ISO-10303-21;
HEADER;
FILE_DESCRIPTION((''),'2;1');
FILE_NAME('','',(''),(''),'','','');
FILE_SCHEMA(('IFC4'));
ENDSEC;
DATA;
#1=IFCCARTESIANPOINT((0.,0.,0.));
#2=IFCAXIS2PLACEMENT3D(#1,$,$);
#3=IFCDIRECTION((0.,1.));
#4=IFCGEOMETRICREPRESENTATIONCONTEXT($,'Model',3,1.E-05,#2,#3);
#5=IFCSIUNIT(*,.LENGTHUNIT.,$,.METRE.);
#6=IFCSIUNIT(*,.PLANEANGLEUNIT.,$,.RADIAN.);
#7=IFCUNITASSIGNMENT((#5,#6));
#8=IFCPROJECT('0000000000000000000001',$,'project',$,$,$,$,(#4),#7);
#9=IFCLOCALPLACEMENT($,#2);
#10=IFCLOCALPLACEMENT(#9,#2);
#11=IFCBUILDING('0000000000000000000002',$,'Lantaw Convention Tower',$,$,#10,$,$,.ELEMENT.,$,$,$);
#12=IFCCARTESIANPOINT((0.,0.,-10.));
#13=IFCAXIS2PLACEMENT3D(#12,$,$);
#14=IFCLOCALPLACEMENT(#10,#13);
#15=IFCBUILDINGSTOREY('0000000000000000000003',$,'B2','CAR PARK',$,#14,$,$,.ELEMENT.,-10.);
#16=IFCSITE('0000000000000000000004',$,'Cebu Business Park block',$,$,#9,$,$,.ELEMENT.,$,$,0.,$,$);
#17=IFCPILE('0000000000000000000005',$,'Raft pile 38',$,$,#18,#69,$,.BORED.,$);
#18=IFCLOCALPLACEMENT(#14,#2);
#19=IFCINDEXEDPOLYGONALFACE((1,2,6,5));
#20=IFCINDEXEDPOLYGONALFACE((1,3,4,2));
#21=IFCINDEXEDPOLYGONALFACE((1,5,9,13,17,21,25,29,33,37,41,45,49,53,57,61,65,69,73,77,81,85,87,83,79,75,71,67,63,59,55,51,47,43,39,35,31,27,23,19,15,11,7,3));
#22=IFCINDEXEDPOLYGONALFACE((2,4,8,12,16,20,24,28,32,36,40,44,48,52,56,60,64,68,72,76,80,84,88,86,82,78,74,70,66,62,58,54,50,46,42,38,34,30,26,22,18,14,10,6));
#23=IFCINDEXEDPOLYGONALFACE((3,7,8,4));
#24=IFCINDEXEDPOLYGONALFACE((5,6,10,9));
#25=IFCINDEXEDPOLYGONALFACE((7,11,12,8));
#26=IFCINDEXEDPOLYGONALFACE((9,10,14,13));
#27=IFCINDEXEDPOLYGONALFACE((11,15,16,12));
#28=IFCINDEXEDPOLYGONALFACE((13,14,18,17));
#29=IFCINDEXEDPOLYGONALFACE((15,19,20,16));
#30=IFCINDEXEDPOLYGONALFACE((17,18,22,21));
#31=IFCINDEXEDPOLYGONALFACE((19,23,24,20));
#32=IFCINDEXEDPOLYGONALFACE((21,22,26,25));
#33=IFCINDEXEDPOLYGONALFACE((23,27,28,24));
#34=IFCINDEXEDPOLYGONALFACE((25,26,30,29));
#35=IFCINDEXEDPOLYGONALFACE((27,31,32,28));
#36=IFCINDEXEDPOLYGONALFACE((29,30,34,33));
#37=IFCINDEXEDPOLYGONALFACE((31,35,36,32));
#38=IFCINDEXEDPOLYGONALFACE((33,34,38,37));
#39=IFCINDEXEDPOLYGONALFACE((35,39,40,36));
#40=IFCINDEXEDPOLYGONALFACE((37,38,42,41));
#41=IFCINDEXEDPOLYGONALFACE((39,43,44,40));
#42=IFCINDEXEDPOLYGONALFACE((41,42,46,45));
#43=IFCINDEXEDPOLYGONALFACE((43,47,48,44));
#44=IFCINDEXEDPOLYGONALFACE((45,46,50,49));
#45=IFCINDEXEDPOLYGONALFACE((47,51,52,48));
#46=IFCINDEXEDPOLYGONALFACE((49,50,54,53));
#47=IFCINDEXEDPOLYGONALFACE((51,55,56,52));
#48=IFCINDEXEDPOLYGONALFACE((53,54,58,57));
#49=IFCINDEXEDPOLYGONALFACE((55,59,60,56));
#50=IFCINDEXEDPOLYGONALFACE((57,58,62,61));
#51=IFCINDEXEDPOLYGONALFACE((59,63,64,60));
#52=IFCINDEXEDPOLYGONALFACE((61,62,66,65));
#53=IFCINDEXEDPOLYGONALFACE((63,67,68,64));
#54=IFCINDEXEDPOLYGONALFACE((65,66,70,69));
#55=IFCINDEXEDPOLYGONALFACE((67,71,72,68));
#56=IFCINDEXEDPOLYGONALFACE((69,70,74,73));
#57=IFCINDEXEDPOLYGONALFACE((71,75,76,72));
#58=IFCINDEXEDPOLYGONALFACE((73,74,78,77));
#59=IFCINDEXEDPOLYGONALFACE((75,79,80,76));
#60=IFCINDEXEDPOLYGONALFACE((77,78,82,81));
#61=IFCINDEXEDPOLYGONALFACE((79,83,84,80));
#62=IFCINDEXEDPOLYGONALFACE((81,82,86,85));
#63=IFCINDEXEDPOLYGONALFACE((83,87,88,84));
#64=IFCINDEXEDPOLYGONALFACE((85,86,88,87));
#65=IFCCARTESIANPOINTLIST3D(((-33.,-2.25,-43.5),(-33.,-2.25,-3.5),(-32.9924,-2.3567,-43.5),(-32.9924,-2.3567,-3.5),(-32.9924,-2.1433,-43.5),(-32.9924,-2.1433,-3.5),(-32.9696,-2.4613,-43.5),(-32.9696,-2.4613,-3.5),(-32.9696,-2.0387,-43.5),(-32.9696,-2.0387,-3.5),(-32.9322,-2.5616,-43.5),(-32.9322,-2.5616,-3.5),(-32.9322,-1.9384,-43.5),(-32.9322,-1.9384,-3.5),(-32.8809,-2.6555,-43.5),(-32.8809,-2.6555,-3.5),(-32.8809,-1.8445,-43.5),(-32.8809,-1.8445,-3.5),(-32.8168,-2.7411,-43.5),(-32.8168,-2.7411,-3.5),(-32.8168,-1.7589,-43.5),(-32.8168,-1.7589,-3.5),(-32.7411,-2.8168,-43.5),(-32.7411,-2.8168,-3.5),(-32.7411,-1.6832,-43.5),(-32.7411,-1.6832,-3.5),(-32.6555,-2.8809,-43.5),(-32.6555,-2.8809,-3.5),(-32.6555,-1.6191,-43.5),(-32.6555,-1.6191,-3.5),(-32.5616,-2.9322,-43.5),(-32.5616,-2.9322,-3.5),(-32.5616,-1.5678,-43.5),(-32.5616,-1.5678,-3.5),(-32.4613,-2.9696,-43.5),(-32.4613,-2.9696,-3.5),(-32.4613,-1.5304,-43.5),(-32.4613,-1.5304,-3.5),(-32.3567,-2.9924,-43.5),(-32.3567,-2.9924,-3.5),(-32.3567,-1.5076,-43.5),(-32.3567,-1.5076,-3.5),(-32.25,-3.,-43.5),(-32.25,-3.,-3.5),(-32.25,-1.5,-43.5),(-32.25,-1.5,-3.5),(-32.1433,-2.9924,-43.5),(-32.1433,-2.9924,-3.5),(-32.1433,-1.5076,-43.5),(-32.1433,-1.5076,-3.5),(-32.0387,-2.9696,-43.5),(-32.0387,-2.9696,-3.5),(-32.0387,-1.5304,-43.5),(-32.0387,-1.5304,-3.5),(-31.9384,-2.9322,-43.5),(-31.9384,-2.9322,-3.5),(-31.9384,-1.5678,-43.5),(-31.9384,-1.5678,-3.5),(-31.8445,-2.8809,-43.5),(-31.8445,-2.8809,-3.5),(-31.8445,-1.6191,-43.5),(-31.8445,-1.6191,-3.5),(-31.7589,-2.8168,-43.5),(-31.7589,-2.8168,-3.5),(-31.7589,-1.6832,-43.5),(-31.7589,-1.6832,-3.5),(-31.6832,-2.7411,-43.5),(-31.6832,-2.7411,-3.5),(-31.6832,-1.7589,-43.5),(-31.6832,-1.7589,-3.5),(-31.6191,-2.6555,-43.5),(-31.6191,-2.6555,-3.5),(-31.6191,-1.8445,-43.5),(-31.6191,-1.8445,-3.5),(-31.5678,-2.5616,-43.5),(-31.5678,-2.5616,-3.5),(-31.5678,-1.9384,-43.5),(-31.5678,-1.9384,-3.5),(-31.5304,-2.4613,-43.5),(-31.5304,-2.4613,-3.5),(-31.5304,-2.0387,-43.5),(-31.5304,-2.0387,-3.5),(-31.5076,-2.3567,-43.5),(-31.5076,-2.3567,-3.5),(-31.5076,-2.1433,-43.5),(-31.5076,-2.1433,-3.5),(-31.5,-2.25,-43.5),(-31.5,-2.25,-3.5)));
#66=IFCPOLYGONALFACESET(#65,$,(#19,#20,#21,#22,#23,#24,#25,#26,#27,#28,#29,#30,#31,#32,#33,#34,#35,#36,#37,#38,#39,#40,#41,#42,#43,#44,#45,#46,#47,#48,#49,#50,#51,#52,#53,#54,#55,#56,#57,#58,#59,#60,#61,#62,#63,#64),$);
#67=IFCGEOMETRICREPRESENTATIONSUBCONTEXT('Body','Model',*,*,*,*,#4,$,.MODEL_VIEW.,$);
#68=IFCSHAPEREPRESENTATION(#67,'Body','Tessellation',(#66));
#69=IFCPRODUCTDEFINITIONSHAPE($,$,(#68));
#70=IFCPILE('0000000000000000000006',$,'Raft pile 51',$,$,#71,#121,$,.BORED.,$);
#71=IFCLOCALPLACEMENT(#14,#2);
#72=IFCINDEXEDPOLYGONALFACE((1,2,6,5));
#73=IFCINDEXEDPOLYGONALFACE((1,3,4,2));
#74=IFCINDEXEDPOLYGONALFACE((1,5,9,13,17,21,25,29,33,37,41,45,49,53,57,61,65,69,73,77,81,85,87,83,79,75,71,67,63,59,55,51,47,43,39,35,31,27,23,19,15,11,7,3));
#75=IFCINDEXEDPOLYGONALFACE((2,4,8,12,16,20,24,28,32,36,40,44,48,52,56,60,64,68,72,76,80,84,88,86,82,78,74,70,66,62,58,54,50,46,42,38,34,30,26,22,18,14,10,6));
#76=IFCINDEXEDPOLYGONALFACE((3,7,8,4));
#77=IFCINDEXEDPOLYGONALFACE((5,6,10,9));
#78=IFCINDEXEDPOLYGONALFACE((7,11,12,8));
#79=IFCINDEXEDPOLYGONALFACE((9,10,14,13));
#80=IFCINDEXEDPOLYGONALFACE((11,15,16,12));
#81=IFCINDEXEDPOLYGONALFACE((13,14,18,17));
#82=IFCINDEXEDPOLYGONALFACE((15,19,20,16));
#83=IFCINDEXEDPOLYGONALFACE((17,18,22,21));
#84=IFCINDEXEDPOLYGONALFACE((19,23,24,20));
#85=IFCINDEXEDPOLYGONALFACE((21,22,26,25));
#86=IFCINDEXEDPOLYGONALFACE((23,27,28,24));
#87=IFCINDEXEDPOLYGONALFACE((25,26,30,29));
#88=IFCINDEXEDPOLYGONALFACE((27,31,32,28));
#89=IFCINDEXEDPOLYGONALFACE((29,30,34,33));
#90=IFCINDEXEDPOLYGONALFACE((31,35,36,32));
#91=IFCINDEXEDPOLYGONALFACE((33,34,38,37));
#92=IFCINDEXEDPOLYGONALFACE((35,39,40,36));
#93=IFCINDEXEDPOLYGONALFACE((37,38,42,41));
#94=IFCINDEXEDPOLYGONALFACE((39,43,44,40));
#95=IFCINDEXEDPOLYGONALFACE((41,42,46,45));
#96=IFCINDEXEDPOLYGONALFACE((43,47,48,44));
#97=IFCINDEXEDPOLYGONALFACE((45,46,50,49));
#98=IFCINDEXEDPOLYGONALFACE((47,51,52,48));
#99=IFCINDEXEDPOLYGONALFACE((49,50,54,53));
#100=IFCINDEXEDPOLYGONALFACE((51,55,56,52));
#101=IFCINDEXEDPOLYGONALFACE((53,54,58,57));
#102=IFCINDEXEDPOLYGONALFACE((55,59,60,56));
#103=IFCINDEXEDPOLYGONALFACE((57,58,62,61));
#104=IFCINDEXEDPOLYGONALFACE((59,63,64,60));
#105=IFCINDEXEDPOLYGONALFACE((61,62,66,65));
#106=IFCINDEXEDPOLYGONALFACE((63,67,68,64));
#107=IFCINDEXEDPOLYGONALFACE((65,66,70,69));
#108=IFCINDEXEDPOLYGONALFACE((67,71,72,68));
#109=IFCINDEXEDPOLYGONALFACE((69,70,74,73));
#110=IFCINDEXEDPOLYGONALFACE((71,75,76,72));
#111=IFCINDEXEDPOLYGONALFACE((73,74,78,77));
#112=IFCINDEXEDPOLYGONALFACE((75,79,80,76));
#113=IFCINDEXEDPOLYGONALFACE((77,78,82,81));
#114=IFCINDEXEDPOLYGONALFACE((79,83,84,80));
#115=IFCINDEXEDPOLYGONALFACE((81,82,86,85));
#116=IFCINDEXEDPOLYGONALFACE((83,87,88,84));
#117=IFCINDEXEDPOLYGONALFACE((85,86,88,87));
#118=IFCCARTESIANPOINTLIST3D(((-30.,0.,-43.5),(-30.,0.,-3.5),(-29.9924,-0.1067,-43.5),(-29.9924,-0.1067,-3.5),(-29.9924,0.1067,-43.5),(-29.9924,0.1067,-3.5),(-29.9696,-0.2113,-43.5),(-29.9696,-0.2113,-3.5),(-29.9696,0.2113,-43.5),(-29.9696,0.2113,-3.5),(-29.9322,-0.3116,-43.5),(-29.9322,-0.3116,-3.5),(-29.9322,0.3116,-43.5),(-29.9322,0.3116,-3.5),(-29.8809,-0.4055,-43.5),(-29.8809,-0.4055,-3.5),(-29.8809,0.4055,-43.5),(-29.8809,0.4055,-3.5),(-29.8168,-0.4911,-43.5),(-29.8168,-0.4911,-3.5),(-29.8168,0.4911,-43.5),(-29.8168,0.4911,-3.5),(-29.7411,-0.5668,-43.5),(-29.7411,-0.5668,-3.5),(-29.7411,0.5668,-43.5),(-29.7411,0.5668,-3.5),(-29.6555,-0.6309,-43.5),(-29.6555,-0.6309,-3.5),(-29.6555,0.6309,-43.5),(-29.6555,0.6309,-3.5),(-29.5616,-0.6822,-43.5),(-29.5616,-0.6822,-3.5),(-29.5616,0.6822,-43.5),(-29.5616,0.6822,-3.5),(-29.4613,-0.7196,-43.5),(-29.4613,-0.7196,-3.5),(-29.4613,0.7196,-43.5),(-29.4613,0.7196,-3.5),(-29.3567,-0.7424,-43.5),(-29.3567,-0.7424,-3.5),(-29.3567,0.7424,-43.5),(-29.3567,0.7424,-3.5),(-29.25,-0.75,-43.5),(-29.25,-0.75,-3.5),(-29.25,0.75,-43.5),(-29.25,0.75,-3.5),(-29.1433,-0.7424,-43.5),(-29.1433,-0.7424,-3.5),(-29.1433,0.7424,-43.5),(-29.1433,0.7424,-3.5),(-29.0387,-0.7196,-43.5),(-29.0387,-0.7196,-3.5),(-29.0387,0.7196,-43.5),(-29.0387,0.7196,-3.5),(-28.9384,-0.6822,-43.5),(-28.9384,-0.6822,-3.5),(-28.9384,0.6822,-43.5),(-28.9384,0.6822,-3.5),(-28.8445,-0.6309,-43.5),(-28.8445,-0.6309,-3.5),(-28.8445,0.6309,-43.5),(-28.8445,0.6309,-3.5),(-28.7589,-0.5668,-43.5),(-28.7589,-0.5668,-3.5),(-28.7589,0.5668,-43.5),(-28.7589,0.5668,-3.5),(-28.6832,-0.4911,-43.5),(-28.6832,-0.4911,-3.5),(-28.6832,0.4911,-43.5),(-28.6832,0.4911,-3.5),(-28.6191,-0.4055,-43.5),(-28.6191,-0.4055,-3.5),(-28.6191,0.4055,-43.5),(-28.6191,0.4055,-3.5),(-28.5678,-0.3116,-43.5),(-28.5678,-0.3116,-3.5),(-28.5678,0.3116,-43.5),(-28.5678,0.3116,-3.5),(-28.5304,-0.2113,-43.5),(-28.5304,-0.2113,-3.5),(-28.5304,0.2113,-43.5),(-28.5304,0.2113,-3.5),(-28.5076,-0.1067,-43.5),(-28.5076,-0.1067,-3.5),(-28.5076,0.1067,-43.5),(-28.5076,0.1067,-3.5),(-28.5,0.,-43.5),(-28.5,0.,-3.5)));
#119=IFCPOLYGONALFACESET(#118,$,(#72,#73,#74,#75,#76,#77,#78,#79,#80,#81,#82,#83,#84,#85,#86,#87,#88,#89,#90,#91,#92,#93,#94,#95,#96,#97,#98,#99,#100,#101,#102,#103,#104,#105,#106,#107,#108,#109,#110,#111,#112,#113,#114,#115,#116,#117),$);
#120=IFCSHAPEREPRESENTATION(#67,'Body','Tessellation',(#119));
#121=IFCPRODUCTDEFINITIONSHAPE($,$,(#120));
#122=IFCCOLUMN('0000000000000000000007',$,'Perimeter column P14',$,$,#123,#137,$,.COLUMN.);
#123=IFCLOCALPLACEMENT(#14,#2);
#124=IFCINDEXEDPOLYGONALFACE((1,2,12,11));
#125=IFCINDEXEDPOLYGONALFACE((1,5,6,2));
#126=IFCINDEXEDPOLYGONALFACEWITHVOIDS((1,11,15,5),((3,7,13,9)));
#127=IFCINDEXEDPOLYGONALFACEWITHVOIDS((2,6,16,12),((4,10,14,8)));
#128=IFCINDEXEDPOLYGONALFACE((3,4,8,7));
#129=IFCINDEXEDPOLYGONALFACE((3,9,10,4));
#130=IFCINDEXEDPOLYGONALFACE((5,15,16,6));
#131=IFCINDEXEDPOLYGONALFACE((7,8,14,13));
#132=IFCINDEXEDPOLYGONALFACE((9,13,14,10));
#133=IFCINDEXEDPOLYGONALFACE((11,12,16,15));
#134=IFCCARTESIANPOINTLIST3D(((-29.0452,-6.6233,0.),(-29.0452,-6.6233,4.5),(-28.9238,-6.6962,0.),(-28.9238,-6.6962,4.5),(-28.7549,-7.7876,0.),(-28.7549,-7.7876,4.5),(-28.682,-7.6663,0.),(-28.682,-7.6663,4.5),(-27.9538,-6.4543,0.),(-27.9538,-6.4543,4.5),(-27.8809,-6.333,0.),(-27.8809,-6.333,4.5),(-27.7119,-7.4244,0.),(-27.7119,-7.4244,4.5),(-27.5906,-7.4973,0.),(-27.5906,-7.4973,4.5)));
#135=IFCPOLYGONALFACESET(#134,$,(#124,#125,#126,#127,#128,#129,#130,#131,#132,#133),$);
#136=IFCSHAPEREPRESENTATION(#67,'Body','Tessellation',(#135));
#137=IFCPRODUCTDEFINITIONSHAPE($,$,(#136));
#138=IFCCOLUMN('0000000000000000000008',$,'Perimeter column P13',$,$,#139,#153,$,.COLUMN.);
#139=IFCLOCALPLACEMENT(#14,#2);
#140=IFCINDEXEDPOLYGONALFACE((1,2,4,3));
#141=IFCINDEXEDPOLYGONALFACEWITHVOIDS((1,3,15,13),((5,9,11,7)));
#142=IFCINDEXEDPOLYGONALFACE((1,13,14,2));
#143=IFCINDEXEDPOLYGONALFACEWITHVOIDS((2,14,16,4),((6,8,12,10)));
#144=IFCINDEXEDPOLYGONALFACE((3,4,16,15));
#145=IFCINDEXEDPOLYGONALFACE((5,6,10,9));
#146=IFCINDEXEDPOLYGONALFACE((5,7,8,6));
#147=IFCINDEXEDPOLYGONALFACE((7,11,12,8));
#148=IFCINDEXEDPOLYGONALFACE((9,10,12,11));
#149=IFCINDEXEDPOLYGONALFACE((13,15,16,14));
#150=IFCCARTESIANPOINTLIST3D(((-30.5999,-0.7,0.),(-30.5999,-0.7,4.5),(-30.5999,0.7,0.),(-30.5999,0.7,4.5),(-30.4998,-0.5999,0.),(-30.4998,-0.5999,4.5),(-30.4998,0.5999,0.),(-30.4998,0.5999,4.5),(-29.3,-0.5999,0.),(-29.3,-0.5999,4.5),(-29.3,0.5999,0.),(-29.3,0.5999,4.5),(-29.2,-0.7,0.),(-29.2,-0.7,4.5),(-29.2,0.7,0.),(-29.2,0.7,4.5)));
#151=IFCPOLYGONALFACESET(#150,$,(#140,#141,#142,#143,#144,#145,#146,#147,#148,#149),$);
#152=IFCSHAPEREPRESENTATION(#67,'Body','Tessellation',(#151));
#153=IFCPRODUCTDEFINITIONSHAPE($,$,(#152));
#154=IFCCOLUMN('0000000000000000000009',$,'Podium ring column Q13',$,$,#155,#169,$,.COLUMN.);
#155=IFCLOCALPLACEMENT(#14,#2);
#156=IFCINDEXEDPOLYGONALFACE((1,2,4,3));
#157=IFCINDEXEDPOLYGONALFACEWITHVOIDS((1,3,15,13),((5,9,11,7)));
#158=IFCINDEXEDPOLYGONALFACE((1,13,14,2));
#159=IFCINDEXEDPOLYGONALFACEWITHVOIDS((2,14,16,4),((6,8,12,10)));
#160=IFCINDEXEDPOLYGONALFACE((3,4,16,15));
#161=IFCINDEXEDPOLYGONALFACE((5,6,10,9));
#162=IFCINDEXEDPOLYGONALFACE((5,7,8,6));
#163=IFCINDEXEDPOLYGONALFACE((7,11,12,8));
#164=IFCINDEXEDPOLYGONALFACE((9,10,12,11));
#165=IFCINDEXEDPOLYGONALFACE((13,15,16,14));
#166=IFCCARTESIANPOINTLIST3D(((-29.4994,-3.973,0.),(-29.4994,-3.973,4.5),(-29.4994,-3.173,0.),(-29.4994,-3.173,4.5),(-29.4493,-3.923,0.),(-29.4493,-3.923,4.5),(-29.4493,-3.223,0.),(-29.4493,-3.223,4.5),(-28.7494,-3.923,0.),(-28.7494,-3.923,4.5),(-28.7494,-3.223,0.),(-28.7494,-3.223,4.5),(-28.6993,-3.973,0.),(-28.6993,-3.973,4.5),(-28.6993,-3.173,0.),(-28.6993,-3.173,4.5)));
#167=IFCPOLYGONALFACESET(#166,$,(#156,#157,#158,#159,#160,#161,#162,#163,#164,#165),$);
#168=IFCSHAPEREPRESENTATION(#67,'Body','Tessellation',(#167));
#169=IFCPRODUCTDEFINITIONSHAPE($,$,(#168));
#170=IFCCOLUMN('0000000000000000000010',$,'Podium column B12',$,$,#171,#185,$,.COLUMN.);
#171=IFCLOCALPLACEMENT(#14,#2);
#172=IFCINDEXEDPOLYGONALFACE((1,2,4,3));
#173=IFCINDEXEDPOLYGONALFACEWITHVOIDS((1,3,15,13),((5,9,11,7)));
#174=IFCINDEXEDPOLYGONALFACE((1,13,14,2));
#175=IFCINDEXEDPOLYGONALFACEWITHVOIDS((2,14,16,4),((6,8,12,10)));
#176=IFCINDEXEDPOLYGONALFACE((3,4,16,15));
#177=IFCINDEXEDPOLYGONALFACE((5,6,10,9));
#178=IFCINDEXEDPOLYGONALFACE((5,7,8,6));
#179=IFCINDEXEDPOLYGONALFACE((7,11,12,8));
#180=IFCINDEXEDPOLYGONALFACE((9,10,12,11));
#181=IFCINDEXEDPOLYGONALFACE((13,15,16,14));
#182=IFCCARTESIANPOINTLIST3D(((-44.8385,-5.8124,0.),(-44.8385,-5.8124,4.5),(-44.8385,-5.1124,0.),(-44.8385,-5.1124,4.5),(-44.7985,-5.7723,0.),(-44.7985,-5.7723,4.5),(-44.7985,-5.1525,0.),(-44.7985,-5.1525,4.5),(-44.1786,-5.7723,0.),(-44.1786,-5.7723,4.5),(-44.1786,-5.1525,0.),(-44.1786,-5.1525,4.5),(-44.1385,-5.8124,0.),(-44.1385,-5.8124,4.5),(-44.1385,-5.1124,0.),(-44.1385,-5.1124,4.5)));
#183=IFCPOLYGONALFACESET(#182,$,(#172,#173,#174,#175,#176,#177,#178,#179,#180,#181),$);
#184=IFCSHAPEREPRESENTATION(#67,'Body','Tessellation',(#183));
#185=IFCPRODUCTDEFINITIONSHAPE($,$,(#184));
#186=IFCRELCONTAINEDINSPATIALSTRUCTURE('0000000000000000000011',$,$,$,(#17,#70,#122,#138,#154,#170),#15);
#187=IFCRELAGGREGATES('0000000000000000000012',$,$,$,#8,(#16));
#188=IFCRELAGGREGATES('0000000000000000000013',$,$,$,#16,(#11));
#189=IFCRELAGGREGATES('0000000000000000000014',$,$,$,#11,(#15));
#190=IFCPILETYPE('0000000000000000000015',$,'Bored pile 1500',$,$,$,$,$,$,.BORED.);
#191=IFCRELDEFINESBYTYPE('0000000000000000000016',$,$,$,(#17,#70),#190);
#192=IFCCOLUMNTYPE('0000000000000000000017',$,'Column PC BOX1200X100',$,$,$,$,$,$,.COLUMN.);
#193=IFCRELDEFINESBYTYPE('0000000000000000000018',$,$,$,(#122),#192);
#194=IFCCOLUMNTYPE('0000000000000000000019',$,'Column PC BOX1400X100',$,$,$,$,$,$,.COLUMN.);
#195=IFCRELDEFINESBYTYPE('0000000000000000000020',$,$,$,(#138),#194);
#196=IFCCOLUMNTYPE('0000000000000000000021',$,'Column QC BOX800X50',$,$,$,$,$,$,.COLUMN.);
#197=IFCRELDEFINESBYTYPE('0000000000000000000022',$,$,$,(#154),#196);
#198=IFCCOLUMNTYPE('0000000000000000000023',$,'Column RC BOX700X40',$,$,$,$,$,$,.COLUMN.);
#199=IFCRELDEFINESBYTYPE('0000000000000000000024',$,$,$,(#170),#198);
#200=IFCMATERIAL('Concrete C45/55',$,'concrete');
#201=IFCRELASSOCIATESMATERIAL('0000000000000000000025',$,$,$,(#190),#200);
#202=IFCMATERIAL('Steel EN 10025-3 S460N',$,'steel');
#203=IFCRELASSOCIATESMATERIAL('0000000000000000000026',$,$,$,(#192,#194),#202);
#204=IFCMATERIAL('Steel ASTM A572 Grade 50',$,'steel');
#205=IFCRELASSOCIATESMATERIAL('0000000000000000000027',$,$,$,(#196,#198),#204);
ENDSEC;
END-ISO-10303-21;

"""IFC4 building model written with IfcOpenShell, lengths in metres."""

from ifc_helpers import new_model, si_unit, direction, frame, origin, origin_2d, place, context, subcontext, project, spatial, rectangle, hollow_rectangle, circle, extrude, material, material_profile, profile_set, type_object, element, save


model = new_model("IFC4")

# Units and contexts
model_context = context("Model", 3, precision=1e-05, world=origin(), true_north=direction((0.0, 1.0)))
body_context = subcontext(model_context, "Body", "Model", "MODEL_VIEW")
ifc_project = project(units=[si_unit("LENGTHUNIT", "METRE"), si_unit("PLANEANGLEUNIT", "RADIAN")], contexts=[model_context])

# Site, building, storey
site_placement = place(None, origin())
site = spatial("IfcSite", under=ifc_project, at=site_placement, Name="Cebu Business Park block", CompositionType="ELEMENT", RefElevation=0.0)
building_placement = place(site_placement, origin())
building = spatial("IfcBuilding", under=site, at=building_placement, Name="Lantaw Convention Tower", CompositionType="ELEMENT")
storey_placement = place(building_placement, frame((0.0, 0.0, -10.0)))
storey = spatial("IfcBuildingStorey", under=building, at=storey_placement, Name="B2", Description="CAR PARK", CompositionType="ELEMENT", Elevation=-10.0)

# Piles
ifc_material_1 = material(Name="Concrete C45/55", Category="concrete")
ifc_material_profile_1 = material_profile(ifc_material_1, circle(Radius=0.75, at=origin_2d()), Name="Bored pile 1500")
ifc_profile_set_1 = profile_set([ifc_material_profile_1], Name="Concrete C45/55")
pile_type_1 = type_object("IfcPileType", Name="Bored pile 1500", PredefinedType="BORED", material=ifc_profile_set_1)
for number, where, z_axis, x_axis, name in (
    (1, (-32.25, -2.25, -3.5), (0.0, 0.0, -1.0), (1.0, 0.0, 0.0), "Raft pile 38"),
    (2, (-29.25, 0.0, -3.5), (0.0, 0.0, -1.0), (1.0, 0.0, 0.0), "Raft pile 51"),
):
    element("IfcPile", number, at=place(storey_placement, frame(where, z_axis=z_axis, x_axis=x_axis)), inside=storey, type_object=pile_type_1, Name=name, PredefinedType="BORED", context=body_context, shape_type="SweptSolid", body=[
        extrude(circle(Radius=0.75, at=origin_2d()), origin(), (0.0, 0.0, 1.0), 40.0),
    ])

# Columns
ifc_material_2 = material(Name="Steel EN 10025-3 S460N", Category="steel")
ifc_material_profile_2 = material_profile(ifc_material_2, hollow_rectangle(XDim=1.2, YDim=1.2, WallThickness=0.1001, at=origin_2d()), Name="BOX1200X100")
ifc_material_3 = material(Name="Concrete C60/75", Category="concrete")
ifc_material_profile_3 = material_profile(ifc_material_3, rectangle(XDim=1.0, YDim=1.0, at=origin_2d()), Name="Concrete fill of BOX1200X100")
ifc_profile_set_2 = profile_set([ifc_material_profile_2, ifc_material_profile_3], Name="Steel EN 10025-3 S460N")
column_type_1 = type_object("IfcColumnType", Name="Column PC BOX1200X100", PredefinedType="COLUMN", material=ifc_profile_set_2)
column_1_placement = place(storey_placement, frame((-28.3179, -7.0603, 0.0), z_axis=(0.0, 0.0, 1.0), x_axis=(0.970296, 0.241922, 0.0)))
element("IfcColumn", 3, at=column_1_placement, inside=storey, type_object=column_type_1, Name="Perimeter column P14", PredefinedType="COLUMN", context=body_context, shape_type="SweptSolid", body=[
    extrude(hollow_rectangle(XDim=1.2, YDim=1.2, WallThickness=0.1001, at=origin_2d()), origin(), (0.0, 0.0, 1.0), 4.5),
])
ifc_material_profile_4 = material_profile(ifc_material_2, hollow_rectangle(XDim=1.3999, YDim=1.3999, WallThickness=0.1001, at=origin_2d()), Name="BOX1400X100")
ifc_material_profile_5 = material_profile(ifc_material_3, rectangle(XDim=1.2, YDim=1.2, at=origin_2d()), Name="Concrete fill of BOX1400X100")
ifc_profile_set_3 = profile_set([ifc_material_profile_4, ifc_material_profile_5], Name="Steel EN 10025-3 S460N")
column_type_2 = type_object("IfcColumnType", Name="Column PC BOX1400X100", PredefinedType="COLUMN", material=ifc_profile_set_3)
column_2_placement = place(storey_placement, frame((-29.8999, 0.0, 0.0), z_axis=(0.0, 0.0, 1.0), x_axis=(1.0, 0.0, 0.0)))
element("IfcColumn", 4, at=column_2_placement, inside=storey, type_object=column_type_2, Name="Perimeter column P13", PredefinedType="COLUMN", context=body_context, shape_type="SweptSolid", body=[
    extrude(hollow_rectangle(XDim=1.3999, YDim=1.3999, WallThickness=0.1001, at=origin_2d()), origin(), (0.0, 0.0, 1.0), 4.5),
])
ifc_material_4 = material(Name="Steel ASTM A572 Grade 50", Category="steel")
ifc_material_profile_6 = material_profile(ifc_material_4, hollow_rectangle(XDim=0.8, YDim=0.8, WallThickness=0.05, at=origin_2d()), Name="BOX800X50")
ifc_profile_set_4 = profile_set([ifc_material_profile_6], Name="Steel ASTM A572 Grade 50")
column_type_3 = type_object("IfcColumnType", Name="Column QC BOX800X50", PredefinedType="COLUMN", material=ifc_profile_set_4)
column_3_placement = place(storey_placement, frame((-29.0994, -3.573, 0.0), z_axis=(0.0, 0.0, 1.0), x_axis=(1.0, 0.0, 0.0)))
element("IfcColumn", 5, at=column_3_placement, inside=storey, type_object=column_type_3, Name="Podium ring column Q13", PredefinedType="COLUMN", context=body_context, shape_type="SweptSolid", body=[
    extrude(hollow_rectangle(XDim=0.8, YDim=0.8, WallThickness=0.05, at=origin_2d()), origin(), (0.0, 0.0, 1.0), 4.5),
])
ifc_material_profile_7 = material_profile(ifc_material_4, hollow_rectangle(XDim=0.7, YDim=0.7, WallThickness=0.04, at=origin_2d()), Name="BOX700X40")
ifc_profile_set_5 = profile_set([ifc_material_profile_7], Name="Steel ASTM A572 Grade 50")
column_type_4 = type_object("IfcColumnType", Name="Column RC BOX700X40", PredefinedType="COLUMN", material=ifc_profile_set_5)
for number, where, z_axis, x_axis, name in (
    (6, (-44.4885, -5.4624, 0.0), (0.0, 0.0, 1.0), (1.0, 0.0, 0.0), "Podium column B12"),
):
    element("IfcColumn", number, at=place(storey_placement, frame(where, z_axis=z_axis, x_axis=x_axis)), inside=storey, type_object=column_type_4, Name=name, PredefinedType="COLUMN", context=body_context, shape_type="SweptSolid", body=[
        extrude(hollow_rectangle(XDim=0.7, YDim=0.7, WallThickness=0.04, at=origin_2d()), origin(), (0.0, 0.0, 1.0), 4.5),
    ])

save(model, "model.ifc")
